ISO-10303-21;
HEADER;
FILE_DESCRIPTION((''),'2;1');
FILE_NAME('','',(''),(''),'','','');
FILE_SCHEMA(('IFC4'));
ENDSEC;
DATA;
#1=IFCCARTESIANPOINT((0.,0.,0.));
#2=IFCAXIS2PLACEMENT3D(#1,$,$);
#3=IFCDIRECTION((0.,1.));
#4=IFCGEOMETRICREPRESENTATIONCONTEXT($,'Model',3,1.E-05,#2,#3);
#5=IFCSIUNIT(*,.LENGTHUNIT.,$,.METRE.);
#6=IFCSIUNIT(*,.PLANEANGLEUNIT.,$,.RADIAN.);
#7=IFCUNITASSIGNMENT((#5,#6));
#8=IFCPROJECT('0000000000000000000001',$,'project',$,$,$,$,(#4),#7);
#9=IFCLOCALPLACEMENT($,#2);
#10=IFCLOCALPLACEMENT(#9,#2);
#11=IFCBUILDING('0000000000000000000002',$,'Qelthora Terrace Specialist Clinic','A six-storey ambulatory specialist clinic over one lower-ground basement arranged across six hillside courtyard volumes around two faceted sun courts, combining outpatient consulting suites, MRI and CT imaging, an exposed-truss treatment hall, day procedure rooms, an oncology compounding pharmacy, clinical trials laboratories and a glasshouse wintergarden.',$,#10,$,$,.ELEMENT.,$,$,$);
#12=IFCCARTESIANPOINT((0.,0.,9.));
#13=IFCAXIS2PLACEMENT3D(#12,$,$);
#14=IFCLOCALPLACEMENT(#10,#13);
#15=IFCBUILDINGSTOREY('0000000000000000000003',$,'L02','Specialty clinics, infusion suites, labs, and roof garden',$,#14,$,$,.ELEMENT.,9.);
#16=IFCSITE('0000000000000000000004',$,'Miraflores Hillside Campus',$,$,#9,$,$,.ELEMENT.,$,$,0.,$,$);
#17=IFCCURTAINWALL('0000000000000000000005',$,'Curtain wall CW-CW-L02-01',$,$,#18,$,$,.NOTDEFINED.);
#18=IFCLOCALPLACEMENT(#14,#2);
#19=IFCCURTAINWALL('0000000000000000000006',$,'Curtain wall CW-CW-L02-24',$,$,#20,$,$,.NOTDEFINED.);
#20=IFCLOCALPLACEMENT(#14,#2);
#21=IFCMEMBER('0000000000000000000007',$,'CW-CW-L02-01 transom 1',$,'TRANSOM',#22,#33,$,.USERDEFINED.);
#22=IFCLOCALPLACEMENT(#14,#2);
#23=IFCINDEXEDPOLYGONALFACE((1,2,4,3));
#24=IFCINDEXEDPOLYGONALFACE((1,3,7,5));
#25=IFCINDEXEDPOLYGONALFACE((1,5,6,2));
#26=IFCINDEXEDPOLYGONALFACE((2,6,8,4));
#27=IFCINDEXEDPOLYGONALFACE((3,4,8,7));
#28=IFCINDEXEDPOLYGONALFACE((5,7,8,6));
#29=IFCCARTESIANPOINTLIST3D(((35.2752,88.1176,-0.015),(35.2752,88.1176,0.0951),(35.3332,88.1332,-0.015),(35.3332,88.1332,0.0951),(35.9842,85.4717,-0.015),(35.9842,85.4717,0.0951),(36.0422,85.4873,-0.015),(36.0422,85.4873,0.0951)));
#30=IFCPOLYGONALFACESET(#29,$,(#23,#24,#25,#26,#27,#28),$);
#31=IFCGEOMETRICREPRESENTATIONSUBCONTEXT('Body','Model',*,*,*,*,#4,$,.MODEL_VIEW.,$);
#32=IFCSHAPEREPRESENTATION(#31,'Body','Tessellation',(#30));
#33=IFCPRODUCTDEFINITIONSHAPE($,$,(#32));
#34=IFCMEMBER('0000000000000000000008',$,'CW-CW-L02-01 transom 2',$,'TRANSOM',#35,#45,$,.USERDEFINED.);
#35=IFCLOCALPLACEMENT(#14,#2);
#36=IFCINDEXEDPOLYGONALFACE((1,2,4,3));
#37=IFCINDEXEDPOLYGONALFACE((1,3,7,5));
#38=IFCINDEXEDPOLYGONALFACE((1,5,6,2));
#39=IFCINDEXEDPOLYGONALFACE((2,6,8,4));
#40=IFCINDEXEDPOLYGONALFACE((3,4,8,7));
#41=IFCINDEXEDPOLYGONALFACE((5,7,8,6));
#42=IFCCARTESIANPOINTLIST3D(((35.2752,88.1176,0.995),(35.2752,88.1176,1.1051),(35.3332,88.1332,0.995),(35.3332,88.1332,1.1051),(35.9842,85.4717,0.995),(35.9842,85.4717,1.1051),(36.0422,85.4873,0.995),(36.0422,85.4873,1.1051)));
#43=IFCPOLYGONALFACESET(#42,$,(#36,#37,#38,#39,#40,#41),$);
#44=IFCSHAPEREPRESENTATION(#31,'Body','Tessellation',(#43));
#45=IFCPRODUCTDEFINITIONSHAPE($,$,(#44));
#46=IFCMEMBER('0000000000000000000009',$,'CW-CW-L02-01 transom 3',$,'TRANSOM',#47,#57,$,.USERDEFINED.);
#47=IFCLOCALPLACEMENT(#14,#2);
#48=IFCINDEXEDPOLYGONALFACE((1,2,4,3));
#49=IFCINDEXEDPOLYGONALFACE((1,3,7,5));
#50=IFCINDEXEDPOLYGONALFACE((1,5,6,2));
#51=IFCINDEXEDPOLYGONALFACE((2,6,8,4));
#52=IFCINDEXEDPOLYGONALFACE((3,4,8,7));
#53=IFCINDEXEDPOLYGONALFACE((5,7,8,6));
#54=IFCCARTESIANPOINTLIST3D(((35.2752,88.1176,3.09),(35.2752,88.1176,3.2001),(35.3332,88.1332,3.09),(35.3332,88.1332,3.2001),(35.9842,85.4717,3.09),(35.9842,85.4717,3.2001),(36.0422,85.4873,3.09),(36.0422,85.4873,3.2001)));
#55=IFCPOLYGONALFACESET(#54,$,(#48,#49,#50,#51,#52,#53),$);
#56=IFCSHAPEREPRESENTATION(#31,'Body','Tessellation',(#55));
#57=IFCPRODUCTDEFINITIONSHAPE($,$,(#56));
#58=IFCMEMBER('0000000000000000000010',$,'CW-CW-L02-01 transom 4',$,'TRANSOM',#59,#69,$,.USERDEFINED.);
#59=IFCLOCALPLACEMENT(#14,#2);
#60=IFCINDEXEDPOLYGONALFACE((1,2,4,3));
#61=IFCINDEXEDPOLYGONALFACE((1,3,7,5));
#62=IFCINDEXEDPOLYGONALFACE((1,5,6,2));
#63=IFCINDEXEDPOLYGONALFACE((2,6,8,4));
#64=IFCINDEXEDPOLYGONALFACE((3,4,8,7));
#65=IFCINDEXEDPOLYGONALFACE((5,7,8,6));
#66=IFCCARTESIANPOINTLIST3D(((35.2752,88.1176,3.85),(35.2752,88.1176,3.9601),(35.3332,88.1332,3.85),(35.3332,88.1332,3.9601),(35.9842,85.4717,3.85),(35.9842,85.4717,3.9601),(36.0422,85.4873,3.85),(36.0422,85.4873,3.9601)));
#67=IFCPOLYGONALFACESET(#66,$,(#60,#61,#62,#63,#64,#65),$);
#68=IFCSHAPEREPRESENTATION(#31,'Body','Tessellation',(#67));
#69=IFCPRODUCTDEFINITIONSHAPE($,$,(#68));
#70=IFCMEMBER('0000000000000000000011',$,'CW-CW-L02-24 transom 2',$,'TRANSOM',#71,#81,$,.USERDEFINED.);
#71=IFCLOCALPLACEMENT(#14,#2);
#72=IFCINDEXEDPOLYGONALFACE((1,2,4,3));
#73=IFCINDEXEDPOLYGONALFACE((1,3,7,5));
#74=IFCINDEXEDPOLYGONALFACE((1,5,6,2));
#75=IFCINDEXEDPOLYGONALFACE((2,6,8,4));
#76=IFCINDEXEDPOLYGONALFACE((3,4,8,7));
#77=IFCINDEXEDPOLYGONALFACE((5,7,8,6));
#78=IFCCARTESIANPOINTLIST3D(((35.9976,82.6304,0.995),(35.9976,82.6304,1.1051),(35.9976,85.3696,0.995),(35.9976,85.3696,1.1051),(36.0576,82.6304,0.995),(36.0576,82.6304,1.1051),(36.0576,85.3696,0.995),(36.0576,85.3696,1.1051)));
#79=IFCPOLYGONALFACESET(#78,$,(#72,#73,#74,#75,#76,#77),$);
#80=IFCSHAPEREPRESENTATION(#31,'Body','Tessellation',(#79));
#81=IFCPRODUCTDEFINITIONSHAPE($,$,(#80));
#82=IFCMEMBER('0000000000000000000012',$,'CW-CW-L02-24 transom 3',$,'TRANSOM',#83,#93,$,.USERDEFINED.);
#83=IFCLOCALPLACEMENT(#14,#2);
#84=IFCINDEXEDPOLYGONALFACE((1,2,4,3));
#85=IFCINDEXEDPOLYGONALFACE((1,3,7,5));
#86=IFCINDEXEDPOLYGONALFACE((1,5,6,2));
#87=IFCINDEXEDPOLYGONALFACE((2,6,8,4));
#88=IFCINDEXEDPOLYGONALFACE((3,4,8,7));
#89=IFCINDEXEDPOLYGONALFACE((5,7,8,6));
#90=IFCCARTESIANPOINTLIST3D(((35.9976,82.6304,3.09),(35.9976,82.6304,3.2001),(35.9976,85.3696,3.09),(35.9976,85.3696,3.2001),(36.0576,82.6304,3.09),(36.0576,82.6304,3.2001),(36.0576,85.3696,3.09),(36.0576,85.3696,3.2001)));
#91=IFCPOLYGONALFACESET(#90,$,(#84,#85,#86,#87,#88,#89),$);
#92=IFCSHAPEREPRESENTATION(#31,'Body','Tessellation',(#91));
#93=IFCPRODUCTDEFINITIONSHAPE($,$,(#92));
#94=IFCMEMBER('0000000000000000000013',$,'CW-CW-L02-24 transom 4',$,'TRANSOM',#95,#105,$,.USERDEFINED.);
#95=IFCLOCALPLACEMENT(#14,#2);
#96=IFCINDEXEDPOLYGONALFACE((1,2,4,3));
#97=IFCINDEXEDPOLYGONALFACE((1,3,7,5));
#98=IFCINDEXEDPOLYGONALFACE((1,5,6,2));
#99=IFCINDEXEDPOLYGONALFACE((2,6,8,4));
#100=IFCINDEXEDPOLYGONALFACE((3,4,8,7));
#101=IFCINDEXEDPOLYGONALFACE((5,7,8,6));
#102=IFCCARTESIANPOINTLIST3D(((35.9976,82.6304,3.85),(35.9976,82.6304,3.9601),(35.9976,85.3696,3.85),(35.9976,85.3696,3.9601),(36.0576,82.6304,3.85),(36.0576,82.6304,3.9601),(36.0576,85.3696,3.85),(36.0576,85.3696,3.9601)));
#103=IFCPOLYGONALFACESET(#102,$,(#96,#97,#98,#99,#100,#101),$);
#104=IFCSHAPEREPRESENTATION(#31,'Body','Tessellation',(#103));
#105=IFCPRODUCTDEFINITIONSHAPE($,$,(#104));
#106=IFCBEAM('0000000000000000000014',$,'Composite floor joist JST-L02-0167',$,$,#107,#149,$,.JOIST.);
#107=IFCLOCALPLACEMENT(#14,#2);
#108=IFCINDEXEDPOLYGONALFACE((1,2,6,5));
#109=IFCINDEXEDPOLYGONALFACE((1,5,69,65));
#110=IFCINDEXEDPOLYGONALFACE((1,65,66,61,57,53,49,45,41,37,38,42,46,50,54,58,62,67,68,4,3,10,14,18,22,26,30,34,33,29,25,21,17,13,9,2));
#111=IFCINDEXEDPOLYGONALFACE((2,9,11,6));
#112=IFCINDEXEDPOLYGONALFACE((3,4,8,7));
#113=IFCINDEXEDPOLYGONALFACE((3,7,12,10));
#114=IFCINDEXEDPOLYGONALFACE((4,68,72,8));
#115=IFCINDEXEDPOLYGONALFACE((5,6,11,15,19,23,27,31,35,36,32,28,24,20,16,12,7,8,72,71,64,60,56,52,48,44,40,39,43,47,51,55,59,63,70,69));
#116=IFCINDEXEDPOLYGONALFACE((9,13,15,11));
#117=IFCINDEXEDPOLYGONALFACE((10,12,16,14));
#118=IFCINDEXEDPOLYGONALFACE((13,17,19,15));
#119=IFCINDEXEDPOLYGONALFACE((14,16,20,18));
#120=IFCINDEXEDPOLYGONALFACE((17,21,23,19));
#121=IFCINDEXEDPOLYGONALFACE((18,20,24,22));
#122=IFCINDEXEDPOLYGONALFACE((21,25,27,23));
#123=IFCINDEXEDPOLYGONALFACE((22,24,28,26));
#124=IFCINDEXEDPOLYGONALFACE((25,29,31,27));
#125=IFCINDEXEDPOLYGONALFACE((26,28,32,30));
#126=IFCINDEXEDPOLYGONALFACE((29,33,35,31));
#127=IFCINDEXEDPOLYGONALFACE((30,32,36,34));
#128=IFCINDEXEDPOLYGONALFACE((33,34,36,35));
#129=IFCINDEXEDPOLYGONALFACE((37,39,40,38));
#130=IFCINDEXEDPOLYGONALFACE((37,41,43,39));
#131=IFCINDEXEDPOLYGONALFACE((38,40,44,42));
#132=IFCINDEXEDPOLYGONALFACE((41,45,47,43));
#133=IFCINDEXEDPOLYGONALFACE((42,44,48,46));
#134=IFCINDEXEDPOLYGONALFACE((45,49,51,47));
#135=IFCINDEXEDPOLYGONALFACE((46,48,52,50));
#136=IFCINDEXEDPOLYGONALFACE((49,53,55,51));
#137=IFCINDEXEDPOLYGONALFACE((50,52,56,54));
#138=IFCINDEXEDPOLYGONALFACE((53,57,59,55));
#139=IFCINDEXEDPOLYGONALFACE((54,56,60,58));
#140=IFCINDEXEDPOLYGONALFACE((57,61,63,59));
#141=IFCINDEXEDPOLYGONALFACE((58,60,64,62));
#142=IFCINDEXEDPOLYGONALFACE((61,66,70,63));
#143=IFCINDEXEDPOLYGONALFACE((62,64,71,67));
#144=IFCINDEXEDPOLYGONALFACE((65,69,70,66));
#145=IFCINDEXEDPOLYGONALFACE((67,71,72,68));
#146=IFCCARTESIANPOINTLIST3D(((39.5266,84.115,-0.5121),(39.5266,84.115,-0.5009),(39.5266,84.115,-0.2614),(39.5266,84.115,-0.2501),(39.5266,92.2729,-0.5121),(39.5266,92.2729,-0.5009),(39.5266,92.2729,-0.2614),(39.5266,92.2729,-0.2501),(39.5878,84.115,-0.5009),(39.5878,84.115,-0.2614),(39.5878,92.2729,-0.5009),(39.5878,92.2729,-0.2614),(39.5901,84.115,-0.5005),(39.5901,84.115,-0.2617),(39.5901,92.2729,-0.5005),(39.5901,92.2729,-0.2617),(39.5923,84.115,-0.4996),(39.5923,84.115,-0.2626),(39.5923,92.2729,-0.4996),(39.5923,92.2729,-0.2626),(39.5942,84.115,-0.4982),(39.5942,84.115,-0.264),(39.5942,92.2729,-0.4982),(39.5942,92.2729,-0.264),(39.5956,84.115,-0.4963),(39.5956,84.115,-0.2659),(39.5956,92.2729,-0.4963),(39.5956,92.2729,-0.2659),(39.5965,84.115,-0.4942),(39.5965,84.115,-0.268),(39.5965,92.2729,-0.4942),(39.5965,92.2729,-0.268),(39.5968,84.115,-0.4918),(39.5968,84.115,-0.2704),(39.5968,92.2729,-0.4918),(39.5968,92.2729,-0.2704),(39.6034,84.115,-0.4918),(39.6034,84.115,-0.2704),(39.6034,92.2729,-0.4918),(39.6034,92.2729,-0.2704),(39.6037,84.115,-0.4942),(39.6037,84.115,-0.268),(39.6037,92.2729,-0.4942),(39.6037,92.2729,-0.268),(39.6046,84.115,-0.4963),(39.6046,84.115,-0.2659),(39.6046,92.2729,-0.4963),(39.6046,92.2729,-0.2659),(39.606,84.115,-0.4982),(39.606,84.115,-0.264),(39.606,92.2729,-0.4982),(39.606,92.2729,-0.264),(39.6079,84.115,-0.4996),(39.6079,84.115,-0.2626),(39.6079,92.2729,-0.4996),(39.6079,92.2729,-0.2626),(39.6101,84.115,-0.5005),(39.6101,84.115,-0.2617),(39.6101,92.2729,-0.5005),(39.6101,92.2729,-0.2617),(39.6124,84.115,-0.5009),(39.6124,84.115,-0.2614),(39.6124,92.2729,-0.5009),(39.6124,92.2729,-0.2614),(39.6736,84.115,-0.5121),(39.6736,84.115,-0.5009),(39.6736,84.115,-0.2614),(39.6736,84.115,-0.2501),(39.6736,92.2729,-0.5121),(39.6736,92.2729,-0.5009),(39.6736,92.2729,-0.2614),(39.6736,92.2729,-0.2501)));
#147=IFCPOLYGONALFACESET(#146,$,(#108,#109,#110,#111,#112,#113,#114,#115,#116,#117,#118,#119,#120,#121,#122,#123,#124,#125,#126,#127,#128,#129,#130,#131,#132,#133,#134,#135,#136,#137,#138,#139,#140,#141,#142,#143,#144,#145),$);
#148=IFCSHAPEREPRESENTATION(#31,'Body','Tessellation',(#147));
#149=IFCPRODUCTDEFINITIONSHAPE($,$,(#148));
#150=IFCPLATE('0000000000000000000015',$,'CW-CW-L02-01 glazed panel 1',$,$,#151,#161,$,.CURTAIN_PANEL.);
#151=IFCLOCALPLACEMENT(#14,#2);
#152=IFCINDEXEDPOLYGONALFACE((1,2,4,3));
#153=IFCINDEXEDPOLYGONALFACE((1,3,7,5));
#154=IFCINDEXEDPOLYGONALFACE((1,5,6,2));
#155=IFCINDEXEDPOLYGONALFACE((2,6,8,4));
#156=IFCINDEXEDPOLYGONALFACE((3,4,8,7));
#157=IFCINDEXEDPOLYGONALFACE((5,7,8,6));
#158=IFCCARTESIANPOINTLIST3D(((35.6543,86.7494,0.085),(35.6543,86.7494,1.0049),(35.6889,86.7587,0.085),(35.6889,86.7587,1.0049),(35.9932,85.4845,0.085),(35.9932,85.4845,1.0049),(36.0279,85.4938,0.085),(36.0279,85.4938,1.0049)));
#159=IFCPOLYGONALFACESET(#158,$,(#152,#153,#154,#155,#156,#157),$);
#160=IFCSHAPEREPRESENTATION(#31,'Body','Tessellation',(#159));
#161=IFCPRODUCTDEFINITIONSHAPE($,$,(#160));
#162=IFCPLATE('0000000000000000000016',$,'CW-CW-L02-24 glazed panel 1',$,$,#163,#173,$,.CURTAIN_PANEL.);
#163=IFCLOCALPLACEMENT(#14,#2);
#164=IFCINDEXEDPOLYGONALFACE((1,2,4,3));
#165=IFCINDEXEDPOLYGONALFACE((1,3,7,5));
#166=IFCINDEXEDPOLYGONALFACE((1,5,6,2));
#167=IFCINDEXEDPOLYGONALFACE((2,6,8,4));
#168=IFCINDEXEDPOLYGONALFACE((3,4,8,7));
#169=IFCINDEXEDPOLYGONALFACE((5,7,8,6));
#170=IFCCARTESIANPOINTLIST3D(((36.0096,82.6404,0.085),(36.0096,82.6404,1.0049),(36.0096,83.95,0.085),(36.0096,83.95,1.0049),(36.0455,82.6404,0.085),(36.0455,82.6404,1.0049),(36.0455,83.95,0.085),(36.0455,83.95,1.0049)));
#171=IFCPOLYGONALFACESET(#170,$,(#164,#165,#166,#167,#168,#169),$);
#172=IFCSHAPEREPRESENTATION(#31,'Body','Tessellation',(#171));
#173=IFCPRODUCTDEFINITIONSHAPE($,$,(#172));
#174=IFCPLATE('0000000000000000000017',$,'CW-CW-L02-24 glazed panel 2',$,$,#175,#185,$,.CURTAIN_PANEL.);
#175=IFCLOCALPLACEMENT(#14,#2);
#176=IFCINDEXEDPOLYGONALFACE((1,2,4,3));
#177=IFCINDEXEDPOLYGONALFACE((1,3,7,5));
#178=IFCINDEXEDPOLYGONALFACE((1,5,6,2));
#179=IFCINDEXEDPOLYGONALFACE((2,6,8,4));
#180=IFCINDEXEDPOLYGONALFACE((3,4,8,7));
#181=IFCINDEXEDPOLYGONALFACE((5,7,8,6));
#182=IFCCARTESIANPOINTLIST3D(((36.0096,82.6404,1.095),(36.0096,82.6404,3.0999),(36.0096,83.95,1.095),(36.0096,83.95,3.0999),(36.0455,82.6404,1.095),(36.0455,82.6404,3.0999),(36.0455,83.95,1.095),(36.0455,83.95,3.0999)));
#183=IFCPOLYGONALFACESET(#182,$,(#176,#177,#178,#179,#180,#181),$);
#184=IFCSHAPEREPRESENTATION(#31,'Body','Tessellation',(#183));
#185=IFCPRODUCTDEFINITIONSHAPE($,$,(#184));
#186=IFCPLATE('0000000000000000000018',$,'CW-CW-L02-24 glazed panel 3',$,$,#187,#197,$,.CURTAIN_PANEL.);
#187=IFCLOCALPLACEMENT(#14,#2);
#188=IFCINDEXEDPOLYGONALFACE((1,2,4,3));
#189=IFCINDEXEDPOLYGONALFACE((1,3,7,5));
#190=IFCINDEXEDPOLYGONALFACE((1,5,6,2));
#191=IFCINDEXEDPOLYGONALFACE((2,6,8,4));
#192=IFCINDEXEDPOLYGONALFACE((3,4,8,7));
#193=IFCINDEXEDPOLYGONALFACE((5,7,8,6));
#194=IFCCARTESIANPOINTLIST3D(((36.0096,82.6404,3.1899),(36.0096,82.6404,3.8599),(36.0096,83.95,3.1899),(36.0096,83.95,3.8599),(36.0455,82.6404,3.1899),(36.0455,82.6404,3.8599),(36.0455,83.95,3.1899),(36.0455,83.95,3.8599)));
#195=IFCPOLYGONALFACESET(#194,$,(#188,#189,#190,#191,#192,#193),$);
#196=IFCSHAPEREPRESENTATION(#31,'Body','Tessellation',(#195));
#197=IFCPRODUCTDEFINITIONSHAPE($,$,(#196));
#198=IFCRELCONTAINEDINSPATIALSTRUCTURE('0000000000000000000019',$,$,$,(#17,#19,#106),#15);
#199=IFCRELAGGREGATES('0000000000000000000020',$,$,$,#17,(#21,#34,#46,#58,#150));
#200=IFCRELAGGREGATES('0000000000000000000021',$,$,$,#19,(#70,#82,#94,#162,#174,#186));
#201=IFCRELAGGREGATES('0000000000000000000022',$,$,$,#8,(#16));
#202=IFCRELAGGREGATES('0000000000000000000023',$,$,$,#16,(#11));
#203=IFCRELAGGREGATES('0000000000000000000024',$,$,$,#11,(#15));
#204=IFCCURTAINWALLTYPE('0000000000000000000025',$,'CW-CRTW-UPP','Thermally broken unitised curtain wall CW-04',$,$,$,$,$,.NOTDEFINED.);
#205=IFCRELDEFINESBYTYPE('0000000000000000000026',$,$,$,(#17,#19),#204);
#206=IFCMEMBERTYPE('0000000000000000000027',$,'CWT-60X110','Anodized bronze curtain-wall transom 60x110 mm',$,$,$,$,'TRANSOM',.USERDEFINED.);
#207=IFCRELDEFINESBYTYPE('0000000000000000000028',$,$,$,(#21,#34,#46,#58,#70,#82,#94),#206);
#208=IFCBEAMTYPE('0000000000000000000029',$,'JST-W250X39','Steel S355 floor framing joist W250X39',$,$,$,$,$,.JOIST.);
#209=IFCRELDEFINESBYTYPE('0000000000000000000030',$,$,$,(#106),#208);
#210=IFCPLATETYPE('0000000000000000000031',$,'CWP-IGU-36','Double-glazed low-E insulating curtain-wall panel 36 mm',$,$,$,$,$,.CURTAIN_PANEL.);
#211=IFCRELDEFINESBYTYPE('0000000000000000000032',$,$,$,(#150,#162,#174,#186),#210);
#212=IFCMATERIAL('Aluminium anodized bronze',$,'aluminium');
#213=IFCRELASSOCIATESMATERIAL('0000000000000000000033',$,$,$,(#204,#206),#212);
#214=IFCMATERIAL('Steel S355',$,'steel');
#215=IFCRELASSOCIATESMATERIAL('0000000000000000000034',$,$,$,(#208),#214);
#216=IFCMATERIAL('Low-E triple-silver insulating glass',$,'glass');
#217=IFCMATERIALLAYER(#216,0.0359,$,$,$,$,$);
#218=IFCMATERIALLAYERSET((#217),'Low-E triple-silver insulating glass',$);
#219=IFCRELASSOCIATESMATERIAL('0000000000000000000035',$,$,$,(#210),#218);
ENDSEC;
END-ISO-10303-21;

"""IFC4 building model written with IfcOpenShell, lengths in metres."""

from ifc_helpers import new_model, si_unit, direction, frame, origin, origin_2d, place, context, subcontext, project, spatial, rectangle, i_section, extrude, material, layer, layer_set, material_profile, profile_set, type_object, element, aggregate, save


model = new_model("IFC4")

# Units and contexts
model_context = context("Model", 3, precision=1e-05, world=origin(), true_north=direction((0.0, 1.0)))
body_context = subcontext(model_context, "Body", "Model", "MODEL_VIEW")
ifc_project = project(units=[si_unit("LENGTHUNIT", "METRE"), si_unit("PLANEANGLEUNIT", "RADIAN")], contexts=[model_context])

# Site, building, storey
site_placement = place(None, origin())
site = spatial("IfcSite", under=ifc_project, at=site_placement, Name="Miraflores Hillside Campus", CompositionType="ELEMENT", RefElevation=0.0)
building_placement = place(site_placement, origin())
building = spatial("IfcBuilding", under=site, at=building_placement, Name="Qelthora Terrace Specialist Clinic", Description="A six-storey ambulatory specialist clinic over one lower-ground basement arranged across six hillside courtyard volumes around two faceted sun courts, combining outpatient consulting suites, MRI and CT imaging, an exposed-truss treatment hall, day procedure rooms, an oncology compounding pharmacy, clinical trials laboratories and a glasshouse wintergarden.", CompositionType="ELEMENT")
storey_placement = place(building_placement, frame((0.0, 0.0, 9.0)))
storey = spatial("IfcBuildingStorey", under=building, at=storey_placement, Name="L02", Description="Specialty clinics, infusion suites, labs, and roof garden", CompositionType="ELEMENT", Elevation=9.0)

# Shared definitions
ifc_material_1 = material(Name="Steel S355", Category="steel")

# Curtain wall
ifc_material_2 = material(Name="Aluminium anodized bronze", Category="aluminium")
curtain_wall_type = type_object("IfcCurtainWallType", Name="CW-CRTW-UPP", Description="Thermally broken unitised curtain wall CW-04", PredefinedType="NOTDEFINED", material=ifc_material_2)
curtain_wall_1_placement = place(storey_placement, origin())
curtain_wall_1 = element("IfcCurtainWall", 1, at=curtain_wall_1_placement, inside=storey, type_object=curtain_wall_type, Name="Curtain wall CW-CW-L02-01", PredefinedType="NOTDEFINED")

# Curtain wall
curtain_wall_2_placement = place(storey_placement, origin())
curtain_wall_2 = element("IfcCurtainWall", 2, at=curtain_wall_2_placement, inside=storey, type_object=curtain_wall_type, Name="Curtain wall CW-CW-L02-24", PredefinedType="NOTDEFINED")

# Members
ifc_material_profile_1 = material_profile(ifc_material_2, rectangle(XDim=0.0601, YDim=0.1101, at=origin_2d()), Name="CWT60X110")
ifc_profile_set_1 = profile_set([ifc_material_profile_1], Name="Aluminium anodized bronze")
member_type_1 = type_object("IfcMemberType", Name="CWT-60X110", Description="Anodized bronze curtain-wall transom 60x110 mm", ElementType="TRANSOM", PredefinedType="USERDEFINED", material=ifc_profile_set_1)
member_1_placement = place(storey_placement, frame((36.0132, 85.4795, 0.04), z_axis=(-0.258816, 0.965927, 0.0), x_axis=(-0.965927, -0.258816, 0.0)))
member_1 = element("IfcMember", 3, at=member_1_placement, type_object=member_type_1, Name="CW-CW-L02-01 transom 1", ObjectType="TRANSOM", PredefinedType="USERDEFINED", context=body_context, shape_type="SweptSolid", body=[
    extrude(rectangle(XDim=0.0601, YDim=0.1101, at=origin_2d()), origin(), (0.0, 0.0, 1.0), 2.7393),
])
member_2_placement = place(storey_placement, frame((36.0132, 85.4795, 1.05), z_axis=(-0.258816, 0.965927, 0.0), x_axis=(-0.965927, -0.258816, 0.0)))
member_2 = element("IfcMember", 4, at=member_2_placement, type_object=member_type_1, Name="CW-CW-L02-01 transom 2", ObjectType="TRANSOM", PredefinedType="USERDEFINED", context=body_context, shape_type="SweptSolid", body=[
    extrude(rectangle(XDim=0.0601, YDim=0.1101, at=origin_2d()), origin(), (0.0, 0.0, 1.0), 2.7393),
])
member_3_placement = place(storey_placement, frame((36.0132, 85.4795, 3.145), z_axis=(-0.258816, 0.965927, 0.0), x_axis=(-0.965927, -0.258816, 0.0)))
member_3 = element("IfcMember", 5, at=member_3_placement, type_object=member_type_1, Name="CW-CW-L02-01 transom 3", ObjectType="TRANSOM", PredefinedType="USERDEFINED", context=body_context, shape_type="SweptSolid", body=[
    extrude(rectangle(XDim=0.0601, YDim=0.1101, at=origin_2d()), origin(), (0.0, 0.0, 1.0), 2.7393),
])
member_4_placement = place(storey_placement, frame((36.0132, 85.4795, 3.905), z_axis=(-0.258816, 0.965927, 0.0), x_axis=(-0.965927, -0.258816, 0.0)))
member_4 = element("IfcMember", 6, at=member_4_placement, type_object=member_type_1, Name="CW-CW-L02-01 transom 4", ObjectType="TRANSOM", PredefinedType="USERDEFINED", context=body_context, shape_type="SweptSolid", body=[
    extrude(rectangle(XDim=0.0601, YDim=0.1101, at=origin_2d()), origin(), (0.0, 0.0, 1.0), 2.7393),
])
member_5_placement = place(storey_placement, frame((36.0276, 82.6304, 1.05), z_axis=(0.0, 1.0, 0.0), x_axis=(-1.0, 0.0, 0.0)))
member_5 = element("IfcMember", 7, at=member_5_placement, type_object=member_type_1, Name="CW-CW-L02-24 transom 2", ObjectType="TRANSOM", PredefinedType="USERDEFINED", context=body_context, shape_type="SweptSolid", body=[
    extrude(rectangle(XDim=0.0601, YDim=0.1101, at=origin_2d()), origin(), (0.0, 0.0, 1.0), 2.7393),
])
member_6_placement = place(storey_placement, frame((36.0276, 82.6304, 3.145), z_axis=(0.0, 1.0, 0.0), x_axis=(-1.0, 0.0, 0.0)))
member_6 = element("IfcMember", 8, at=member_6_placement, type_object=member_type_1, Name="CW-CW-L02-24 transom 3", ObjectType="TRANSOM", PredefinedType="USERDEFINED", context=body_context, shape_type="SweptSolid", body=[
    extrude(rectangle(XDim=0.0601, YDim=0.1101, at=origin_2d()), origin(), (0.0, 0.0, 1.0), 2.7393),
])
member_7_placement = place(storey_placement, frame((36.0276, 82.6304, 3.905), z_axis=(0.0, 1.0, 0.0), x_axis=(-1.0, 0.0, 0.0)))
member_7 = element("IfcMember", 9, at=member_7_placement, type_object=member_type_1, Name="CW-CW-L02-24 transom 4", ObjectType="TRANSOM", PredefinedType="USERDEFINED", context=body_context, shape_type="SweptSolid", body=[
    extrude(rectangle(XDim=0.0601, YDim=0.1101, at=origin_2d()), origin(), (0.0, 0.0, 1.0), 2.7393),
])

# Beam
ifc_material_profile_2 = material_profile(ifc_material_1, i_section(OverallWidth=0.147, OverallDepth=0.262, WebThickness=0.0066, FlangeThickness=0.0112, FilletRadius=0.009, at=origin_2d()), Name="W250X39")
ifc_profile_set_2 = profile_set([ifc_material_profile_2], Name="Steel S355")
beam_type_1 = type_object("IfcBeamType", Name="JST-W250X39", Description="Steel S355 floor framing joist W250X39", PredefinedType="JOIST", material=ifc_profile_set_2)
beam_1_placement = place(storey_placement, frame((39.6001, 84.115, -0.3811), z_axis=(0.0, 1.0, 0.0), x_axis=(-1.0, 0.0, 0.0)))
element("IfcBeam", 10, at=beam_1_placement, inside=storey, type_object=beam_type_1, Name="Composite floor joist JST-L02-0167", PredefinedType="JOIST", context=body_context, shape_type="SweptSolid", body=[
    extrude(i_section(OverallWidth=0.147, OverallDepth=0.262, WebThickness=0.0066, FlangeThickness=0.0112, FilletRadius=0.009, at=origin_2d()), origin(), (0.0, 0.0, 1.0), 8.158),
])

# Plates
ifc_material_3 = material(Name="Low-E triple-silver insulating glass", Category="glass")
ifc_layer = layer(ifc_material_3, 0.0359)
ifc_layer_set = layer_set([ifc_layer], Name="Low-E triple-silver insulating glass")
plate_type = type_object("IfcPlateType", Name="CWP-IGU-36", Description="Double-glazed low-E insulating curtain-wall panel 36 mm", PredefinedType="CURTAIN_PANEL", material=ifc_layer_set)
plate_1_placement = place(storey_placement, frame((35.8411, 86.1216, 0.085), z_axis=(0.0, 0.0, 1.0), x_axis=(-0.258821, 0.965925, 0.0)))
plate_1 = element("IfcPlate", 11, at=plate_1_placement, type_object=plate_type, Name="CW-CW-L02-01 glazed panel 1", PredefinedType="CURTAIN_PANEL", context=body_context, shape_type="SweptSolid", body=[
    extrude(rectangle(XDim=1.3096, YDim=0.0359, at=origin_2d()), origin(), (0.0, 0.0, 1.0), 0.9199),
])
aggregate(curtain_wall_1, [member_1, member_2, member_3, member_4, plate_1])
plate_2_placement = place(storey_placement, frame((36.0276, 83.2952, 0.085), z_axis=(0.0, 0.0, 1.0), x_axis=(0.0, 1.0, 0.0)))
plate_2 = element("IfcPlate", 12, at=plate_2_placement, type_object=plate_type, Name="CW-CW-L02-24 glazed panel 1", PredefinedType="CURTAIN_PANEL", context=body_context, shape_type="SweptSolid", body=[
    extrude(rectangle(XDim=1.3096, YDim=0.0359, at=origin_2d()), origin(), (0.0, 0.0, 1.0), 0.9199),
])
plate_3_placement = place(storey_placement, frame((36.0276, 83.2952, 1.095), z_axis=(0.0, 0.0, 1.0), x_axis=(0.0, 1.0, 0.0)))
plate_3 = element("IfcPlate", 13, at=plate_3_placement, type_object=plate_type, Name="CW-CW-L02-24 glazed panel 2", PredefinedType="CURTAIN_PANEL", context=body_context, shape_type="SweptSolid", body=[
    extrude(rectangle(XDim=1.3096, YDim=0.0359, at=origin_2d()), origin(), (0.0, 0.0, 1.0), 2.0049),
])
plate_4_placement = place(storey_placement, frame((36.0276, 83.2952, 3.1899), z_axis=(0.0, 0.0, 1.0), x_axis=(0.0, 1.0, 0.0)))
plate_4 = element("IfcPlate", 14, at=plate_4_placement, type_object=plate_type, Name="CW-CW-L02-24 glazed panel 3", PredefinedType="CURTAIN_PANEL", context=body_context, shape_type="SweptSolid", body=[
    extrude(rectangle(XDim=1.3096, YDim=0.0359, at=origin_2d()), origin(), (0.0, 0.0, 1.0), 0.6699),
])
aggregate(curtain_wall_2, [member_5, member_6, member_7, plate_2, plate_3, plate_4])

save(model, "model.ifc")
